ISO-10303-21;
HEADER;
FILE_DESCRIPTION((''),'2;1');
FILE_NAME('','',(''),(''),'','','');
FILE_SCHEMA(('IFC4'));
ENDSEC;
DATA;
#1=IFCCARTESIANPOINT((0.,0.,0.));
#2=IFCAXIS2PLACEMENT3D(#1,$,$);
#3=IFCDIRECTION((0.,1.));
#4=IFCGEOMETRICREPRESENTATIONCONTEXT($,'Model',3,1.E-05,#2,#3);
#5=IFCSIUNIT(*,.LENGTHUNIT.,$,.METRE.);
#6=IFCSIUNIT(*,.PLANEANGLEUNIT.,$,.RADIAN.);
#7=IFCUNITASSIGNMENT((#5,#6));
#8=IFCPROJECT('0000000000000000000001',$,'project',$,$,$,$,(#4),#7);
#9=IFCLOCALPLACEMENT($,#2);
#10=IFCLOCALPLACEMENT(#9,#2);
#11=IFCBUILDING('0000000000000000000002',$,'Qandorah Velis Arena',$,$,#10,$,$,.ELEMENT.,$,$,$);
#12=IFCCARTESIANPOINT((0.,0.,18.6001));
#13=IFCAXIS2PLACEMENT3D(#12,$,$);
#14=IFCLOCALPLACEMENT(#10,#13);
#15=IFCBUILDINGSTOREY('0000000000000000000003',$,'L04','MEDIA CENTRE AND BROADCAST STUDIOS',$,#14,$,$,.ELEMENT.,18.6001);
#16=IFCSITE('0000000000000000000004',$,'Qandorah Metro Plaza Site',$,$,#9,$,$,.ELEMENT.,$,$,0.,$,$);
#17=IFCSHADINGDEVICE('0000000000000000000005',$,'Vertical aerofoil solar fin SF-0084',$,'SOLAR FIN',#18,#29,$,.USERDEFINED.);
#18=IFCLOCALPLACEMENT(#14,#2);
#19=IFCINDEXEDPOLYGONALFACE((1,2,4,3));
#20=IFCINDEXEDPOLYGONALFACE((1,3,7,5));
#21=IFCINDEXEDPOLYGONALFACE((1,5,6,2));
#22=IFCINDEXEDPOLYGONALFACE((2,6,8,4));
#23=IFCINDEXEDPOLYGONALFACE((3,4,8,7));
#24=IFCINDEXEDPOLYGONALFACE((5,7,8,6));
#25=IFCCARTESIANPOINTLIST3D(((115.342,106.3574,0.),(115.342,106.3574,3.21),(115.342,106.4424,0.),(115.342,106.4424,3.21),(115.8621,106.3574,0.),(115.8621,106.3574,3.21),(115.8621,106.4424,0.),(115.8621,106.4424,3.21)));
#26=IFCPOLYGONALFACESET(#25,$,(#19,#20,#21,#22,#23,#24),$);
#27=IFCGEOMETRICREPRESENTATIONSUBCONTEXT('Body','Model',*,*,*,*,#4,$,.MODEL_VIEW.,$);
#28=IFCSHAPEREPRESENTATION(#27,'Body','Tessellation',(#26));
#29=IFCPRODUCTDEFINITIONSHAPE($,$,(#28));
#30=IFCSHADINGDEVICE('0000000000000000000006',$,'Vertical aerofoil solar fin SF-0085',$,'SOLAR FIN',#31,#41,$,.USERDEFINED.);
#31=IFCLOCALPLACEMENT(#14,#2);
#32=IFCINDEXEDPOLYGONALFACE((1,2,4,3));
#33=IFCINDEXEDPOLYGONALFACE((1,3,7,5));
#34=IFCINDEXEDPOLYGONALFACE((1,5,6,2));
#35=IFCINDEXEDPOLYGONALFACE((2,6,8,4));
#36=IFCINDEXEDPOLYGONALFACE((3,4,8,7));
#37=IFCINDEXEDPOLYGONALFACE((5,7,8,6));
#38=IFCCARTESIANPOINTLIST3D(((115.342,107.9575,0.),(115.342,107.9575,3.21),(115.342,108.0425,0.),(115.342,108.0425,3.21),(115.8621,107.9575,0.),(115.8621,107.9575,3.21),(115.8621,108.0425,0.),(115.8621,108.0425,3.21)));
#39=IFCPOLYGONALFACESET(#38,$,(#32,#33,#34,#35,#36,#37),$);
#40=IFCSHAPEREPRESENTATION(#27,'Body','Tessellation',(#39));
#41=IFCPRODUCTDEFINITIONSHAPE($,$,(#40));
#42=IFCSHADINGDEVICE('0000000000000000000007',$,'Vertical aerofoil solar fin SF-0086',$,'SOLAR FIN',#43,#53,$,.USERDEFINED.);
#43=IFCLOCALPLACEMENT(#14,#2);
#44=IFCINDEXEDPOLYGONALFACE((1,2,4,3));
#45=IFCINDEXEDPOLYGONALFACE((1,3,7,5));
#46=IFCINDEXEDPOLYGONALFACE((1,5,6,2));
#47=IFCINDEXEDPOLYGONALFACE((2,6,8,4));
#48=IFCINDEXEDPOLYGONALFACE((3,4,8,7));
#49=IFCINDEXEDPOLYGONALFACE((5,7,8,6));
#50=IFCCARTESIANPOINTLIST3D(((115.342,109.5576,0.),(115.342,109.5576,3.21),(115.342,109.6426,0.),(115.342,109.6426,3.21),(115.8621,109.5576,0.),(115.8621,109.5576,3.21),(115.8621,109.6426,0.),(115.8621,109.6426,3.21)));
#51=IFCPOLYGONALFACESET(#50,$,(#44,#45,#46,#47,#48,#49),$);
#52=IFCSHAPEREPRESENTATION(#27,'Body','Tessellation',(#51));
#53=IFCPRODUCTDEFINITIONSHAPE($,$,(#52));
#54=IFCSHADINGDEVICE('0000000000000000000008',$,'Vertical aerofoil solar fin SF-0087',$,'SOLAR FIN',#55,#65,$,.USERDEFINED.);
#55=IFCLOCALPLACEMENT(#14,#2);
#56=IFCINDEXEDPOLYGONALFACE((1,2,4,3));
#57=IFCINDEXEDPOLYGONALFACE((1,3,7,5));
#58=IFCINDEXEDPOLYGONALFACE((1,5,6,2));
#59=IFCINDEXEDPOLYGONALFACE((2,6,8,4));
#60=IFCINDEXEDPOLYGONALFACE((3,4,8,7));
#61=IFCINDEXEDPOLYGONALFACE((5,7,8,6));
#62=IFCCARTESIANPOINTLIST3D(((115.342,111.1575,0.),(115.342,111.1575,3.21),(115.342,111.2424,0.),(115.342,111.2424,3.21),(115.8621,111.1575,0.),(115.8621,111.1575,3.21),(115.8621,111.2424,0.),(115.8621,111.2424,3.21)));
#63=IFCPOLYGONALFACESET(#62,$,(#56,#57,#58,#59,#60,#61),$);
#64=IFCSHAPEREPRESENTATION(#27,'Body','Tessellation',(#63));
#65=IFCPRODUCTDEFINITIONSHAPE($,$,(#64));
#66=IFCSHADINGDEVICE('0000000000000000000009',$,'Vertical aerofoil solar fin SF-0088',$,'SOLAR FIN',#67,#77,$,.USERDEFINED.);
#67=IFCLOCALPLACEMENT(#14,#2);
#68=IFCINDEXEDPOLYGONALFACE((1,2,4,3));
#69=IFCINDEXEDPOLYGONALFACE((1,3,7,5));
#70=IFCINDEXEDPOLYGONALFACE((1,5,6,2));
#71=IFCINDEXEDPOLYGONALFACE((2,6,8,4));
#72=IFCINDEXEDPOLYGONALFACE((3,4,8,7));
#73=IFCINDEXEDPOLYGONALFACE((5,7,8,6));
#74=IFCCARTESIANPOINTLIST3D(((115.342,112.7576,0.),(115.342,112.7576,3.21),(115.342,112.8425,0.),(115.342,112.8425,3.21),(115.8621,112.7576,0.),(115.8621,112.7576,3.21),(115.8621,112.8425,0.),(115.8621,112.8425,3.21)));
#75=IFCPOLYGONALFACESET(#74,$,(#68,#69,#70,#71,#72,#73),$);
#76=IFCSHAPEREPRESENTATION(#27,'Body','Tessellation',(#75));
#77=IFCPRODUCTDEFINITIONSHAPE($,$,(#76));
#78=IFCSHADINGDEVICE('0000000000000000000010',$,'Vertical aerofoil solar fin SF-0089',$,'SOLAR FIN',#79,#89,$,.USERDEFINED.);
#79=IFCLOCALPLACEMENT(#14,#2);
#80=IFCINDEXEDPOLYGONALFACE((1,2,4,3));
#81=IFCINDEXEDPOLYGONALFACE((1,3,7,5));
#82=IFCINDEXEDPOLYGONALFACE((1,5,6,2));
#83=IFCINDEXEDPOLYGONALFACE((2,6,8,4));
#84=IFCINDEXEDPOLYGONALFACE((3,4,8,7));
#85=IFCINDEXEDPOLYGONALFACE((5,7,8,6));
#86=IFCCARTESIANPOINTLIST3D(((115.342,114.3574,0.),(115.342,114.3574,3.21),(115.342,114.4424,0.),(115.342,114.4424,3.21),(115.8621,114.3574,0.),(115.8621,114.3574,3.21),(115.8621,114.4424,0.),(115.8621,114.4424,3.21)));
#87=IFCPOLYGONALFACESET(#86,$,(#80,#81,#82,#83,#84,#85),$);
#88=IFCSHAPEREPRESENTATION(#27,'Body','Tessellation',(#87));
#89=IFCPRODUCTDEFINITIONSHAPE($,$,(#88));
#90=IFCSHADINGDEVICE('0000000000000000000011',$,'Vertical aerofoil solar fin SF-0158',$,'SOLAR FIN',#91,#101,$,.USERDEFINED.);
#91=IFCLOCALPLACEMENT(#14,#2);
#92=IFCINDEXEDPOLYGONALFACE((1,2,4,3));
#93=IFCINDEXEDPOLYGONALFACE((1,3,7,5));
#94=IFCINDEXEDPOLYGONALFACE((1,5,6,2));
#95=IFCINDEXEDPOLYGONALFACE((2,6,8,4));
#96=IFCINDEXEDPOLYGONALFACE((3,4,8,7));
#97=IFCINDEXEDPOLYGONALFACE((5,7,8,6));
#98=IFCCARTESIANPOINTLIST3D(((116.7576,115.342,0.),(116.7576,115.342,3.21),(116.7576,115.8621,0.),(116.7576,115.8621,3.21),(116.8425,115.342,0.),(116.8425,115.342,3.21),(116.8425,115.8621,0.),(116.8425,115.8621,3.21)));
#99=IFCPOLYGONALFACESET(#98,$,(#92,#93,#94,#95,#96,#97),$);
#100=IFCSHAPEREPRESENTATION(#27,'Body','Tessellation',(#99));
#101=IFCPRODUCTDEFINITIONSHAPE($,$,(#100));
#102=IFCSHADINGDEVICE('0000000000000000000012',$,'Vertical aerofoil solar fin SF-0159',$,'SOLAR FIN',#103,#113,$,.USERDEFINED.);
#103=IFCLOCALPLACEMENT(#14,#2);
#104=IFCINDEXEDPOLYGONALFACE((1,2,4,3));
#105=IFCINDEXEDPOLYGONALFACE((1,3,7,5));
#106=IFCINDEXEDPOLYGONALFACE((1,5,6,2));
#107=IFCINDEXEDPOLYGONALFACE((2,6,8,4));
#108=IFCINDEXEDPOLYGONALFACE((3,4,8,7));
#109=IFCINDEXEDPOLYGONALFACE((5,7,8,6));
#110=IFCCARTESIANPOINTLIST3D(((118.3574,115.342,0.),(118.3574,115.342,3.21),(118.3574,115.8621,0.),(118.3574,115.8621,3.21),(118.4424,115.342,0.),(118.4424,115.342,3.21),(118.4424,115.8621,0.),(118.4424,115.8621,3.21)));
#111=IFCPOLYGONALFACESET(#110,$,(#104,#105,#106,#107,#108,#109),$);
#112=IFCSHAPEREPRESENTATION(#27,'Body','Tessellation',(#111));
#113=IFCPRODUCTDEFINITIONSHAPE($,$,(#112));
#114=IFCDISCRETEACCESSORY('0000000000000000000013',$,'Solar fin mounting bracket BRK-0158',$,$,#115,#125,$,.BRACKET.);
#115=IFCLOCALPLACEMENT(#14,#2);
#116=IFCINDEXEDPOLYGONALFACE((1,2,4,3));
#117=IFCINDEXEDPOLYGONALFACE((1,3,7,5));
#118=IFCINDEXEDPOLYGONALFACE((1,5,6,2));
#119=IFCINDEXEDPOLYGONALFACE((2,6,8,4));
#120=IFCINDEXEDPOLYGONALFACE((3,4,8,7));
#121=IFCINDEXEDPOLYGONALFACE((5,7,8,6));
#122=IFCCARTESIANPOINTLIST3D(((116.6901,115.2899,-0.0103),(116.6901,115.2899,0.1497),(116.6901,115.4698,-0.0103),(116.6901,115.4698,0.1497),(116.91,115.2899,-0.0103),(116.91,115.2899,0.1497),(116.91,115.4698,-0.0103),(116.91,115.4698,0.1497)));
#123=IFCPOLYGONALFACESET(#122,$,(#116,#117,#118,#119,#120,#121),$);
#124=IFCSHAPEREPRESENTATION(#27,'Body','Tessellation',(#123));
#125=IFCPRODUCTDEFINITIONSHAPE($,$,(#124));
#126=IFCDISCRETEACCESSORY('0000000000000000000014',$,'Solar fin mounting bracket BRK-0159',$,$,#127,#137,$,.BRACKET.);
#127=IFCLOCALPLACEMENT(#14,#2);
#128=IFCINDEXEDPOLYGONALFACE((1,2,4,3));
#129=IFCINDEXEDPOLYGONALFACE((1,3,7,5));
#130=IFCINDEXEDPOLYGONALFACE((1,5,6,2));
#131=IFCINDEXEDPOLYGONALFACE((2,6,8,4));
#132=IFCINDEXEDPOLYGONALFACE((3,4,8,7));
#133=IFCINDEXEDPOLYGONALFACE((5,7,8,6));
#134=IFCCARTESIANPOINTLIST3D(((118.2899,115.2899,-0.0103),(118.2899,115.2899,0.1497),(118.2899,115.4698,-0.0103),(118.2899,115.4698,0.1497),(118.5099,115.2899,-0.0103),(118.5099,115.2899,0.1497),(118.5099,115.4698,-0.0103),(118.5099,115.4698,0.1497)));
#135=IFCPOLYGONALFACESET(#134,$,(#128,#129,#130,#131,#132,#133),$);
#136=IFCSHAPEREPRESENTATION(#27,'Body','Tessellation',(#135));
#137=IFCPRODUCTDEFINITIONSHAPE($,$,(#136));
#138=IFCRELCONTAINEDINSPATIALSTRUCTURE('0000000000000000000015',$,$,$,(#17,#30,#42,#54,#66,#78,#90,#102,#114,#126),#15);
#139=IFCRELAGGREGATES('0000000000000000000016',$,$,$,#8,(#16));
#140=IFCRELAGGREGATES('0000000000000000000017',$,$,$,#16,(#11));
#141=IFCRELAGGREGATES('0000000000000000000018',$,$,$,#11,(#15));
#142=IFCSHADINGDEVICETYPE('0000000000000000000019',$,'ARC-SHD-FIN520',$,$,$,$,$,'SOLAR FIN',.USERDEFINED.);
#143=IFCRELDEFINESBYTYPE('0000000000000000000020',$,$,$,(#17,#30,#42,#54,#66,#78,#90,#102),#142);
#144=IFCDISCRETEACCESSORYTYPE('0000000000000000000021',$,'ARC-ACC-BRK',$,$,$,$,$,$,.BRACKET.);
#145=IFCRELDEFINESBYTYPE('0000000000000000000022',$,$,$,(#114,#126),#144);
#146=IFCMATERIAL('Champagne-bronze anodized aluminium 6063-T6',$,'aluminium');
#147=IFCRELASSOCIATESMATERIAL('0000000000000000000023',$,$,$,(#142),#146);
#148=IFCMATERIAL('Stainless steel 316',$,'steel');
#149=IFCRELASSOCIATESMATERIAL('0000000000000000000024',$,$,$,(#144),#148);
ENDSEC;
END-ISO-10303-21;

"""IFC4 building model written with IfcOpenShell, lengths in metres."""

from ifc_helpers import new_model, si_unit, direction, frame, origin, origin_2d, place, context, subcontext, project, spatial, rectangle, extrude, material, type_object, element, save


model = new_model("IFC4")

# Units and contexts
model_context = context("Model", 3, precision=1e-05, world=origin(), true_north=direction((0.0, 1.0)))
body_context = subcontext(model_context, "Body", "Model", "MODEL_VIEW")
ifc_project = project(units=[si_unit("LENGTHUNIT", "METRE"), si_unit("PLANEANGLEUNIT", "RADIAN")], contexts=[model_context])

# Site, building, storey
site_placement = place(None, origin())
site = spatial("IfcSite", under=ifc_project, at=site_placement, Name="Qandorah Metro Plaza Site", CompositionType="ELEMENT", RefElevation=0.0)
building_placement = place(site_placement, origin())
building = spatial("IfcBuilding", under=site, at=building_placement, Name="Qandorah Velis Arena", CompositionType="ELEMENT")
storey_placement = place(building_placement, frame((0.0, 0.0, 18.6001)))
storey = spatial("IfcBuildingStorey", under=building, at=storey_placement, Name="L04", Description="MEDIA CENTRE AND BROADCAST STUDIOS", CompositionType="ELEMENT", Elevation=18.6001)

# Shared definitions
ifc_material_1 = material(Name="Champagne-bronze anodized aluminium 6063-T6", Category="aluminium")

# Shading devices
shading_device_type = type_object("IfcShadingDeviceType", Name="ARC-SHD-FIN520", ElementType="SOLAR FIN", PredefinedType="USERDEFINED", material=ifc_material_1)
for number, where, z_axis, x_axis, name in (
    (1, (115.6021, 106.3999, 0.0), (0.0, 0.0, 1.0), (1.0, 0.0, 0.0), "Vertical aerofoil solar fin SF-0084"),
    (2, (115.6021, 108.0, 0.0), (0.0, 0.0, 1.0), (1.0, 0.0, 0.0), "Vertical aerofoil solar fin SF-0085"),
    (3, (115.6021, 109.6001, 0.0), (0.0, 0.0, 1.0), (1.0, 0.0, 0.0), "Vertical aerofoil solar fin SF-0086"),
    (4, (115.6021, 111.2, 0.0), (0.0, 0.0, 1.0), (1.0, 0.0, 0.0), "Vertical aerofoil solar fin SF-0087"),
    (5, (115.6021, 112.8, 0.0), (0.0, 0.0, 1.0), (1.0, 0.0, 0.0), "Vertical aerofoil solar fin SF-0088"),
    (6, (115.6021, 114.3999, 0.0), (0.0, 0.0, 1.0), (1.0, 0.0, 0.0), "Vertical aerofoil solar fin SF-0089"),
):
    element("IfcShadingDevice", number, at=place(storey_placement, frame(where, z_axis=z_axis, x_axis=x_axis)), inside=storey, type_object=shading_device_type, Name=name, ObjectType="SOLAR FIN", PredefinedType="USERDEFINED", context=body_context, shape_type="SweptSolid", body=[
        extrude(rectangle(XDim=0.52, YDim=0.085, at=origin_2d()), origin(), (0.0, 0.0, 1.0), 3.21),
    ])
for number, where, z_axis, x_axis, name in (
    (7, (116.8, 115.6021, 0.0), (0.0, 0.0, 1.0), (1.0, 0.0, 0.0), "Vertical aerofoil solar fin SF-0158"),
    (8, (118.3999, 115.6021, 0.0), (0.0, 0.0, 1.0), (1.0, 0.0, 0.0), "Vertical aerofoil solar fin SF-0159"),
):
    element("IfcShadingDevice", number, at=place(storey_placement, frame(where, z_axis=z_axis, x_axis=x_axis)), inside=storey, type_object=shading_device_type, Name=name, ObjectType="SOLAR FIN", PredefinedType="USERDEFINED", context=body_context, shape_type="SweptSolid", body=[
        extrude(rectangle(XDim=0.085, YDim=0.52, at=origin_2d()), origin(), (0.0, 0.0, 1.0), 3.21),
    ])

# Discrete accessories
ifc_material_2 = material(Name="Stainless steel 316", Category="steel")
discrete_accessory_type = type_object("IfcDiscreteAccessoryType", Name="ARC-ACC-BRK", PredefinedType="BRACKET", material=ifc_material_2)
for number, where, z_axis, x_axis, name in (
    (9, (116.8, 115.3799, -0.0103), (0.0, 0.0, 1.0), (1.0, 0.0, 0.0), "Solar fin mounting bracket BRK-0158"),
    (10, (118.3999, 115.3799, -0.0103), (0.0, 0.0, 1.0), (1.0, 0.0, 0.0), "Solar fin mounting bracket BRK-0159"),
):
    element("IfcDiscreteAccessory", number, at=place(storey_placement, frame(where, z_axis=z_axis, x_axis=x_axis)), inside=storey, type_object=discrete_accessory_type, Name=name, PredefinedType="BRACKET", context=body_context, shape_type="SweptSolid", body=[
        extrude(rectangle(XDim=0.22, YDim=0.1799, at=origin_2d()), origin(), (0.0, 0.0, 1.0), 0.1599),
    ])

save(model, "model.ifc")
